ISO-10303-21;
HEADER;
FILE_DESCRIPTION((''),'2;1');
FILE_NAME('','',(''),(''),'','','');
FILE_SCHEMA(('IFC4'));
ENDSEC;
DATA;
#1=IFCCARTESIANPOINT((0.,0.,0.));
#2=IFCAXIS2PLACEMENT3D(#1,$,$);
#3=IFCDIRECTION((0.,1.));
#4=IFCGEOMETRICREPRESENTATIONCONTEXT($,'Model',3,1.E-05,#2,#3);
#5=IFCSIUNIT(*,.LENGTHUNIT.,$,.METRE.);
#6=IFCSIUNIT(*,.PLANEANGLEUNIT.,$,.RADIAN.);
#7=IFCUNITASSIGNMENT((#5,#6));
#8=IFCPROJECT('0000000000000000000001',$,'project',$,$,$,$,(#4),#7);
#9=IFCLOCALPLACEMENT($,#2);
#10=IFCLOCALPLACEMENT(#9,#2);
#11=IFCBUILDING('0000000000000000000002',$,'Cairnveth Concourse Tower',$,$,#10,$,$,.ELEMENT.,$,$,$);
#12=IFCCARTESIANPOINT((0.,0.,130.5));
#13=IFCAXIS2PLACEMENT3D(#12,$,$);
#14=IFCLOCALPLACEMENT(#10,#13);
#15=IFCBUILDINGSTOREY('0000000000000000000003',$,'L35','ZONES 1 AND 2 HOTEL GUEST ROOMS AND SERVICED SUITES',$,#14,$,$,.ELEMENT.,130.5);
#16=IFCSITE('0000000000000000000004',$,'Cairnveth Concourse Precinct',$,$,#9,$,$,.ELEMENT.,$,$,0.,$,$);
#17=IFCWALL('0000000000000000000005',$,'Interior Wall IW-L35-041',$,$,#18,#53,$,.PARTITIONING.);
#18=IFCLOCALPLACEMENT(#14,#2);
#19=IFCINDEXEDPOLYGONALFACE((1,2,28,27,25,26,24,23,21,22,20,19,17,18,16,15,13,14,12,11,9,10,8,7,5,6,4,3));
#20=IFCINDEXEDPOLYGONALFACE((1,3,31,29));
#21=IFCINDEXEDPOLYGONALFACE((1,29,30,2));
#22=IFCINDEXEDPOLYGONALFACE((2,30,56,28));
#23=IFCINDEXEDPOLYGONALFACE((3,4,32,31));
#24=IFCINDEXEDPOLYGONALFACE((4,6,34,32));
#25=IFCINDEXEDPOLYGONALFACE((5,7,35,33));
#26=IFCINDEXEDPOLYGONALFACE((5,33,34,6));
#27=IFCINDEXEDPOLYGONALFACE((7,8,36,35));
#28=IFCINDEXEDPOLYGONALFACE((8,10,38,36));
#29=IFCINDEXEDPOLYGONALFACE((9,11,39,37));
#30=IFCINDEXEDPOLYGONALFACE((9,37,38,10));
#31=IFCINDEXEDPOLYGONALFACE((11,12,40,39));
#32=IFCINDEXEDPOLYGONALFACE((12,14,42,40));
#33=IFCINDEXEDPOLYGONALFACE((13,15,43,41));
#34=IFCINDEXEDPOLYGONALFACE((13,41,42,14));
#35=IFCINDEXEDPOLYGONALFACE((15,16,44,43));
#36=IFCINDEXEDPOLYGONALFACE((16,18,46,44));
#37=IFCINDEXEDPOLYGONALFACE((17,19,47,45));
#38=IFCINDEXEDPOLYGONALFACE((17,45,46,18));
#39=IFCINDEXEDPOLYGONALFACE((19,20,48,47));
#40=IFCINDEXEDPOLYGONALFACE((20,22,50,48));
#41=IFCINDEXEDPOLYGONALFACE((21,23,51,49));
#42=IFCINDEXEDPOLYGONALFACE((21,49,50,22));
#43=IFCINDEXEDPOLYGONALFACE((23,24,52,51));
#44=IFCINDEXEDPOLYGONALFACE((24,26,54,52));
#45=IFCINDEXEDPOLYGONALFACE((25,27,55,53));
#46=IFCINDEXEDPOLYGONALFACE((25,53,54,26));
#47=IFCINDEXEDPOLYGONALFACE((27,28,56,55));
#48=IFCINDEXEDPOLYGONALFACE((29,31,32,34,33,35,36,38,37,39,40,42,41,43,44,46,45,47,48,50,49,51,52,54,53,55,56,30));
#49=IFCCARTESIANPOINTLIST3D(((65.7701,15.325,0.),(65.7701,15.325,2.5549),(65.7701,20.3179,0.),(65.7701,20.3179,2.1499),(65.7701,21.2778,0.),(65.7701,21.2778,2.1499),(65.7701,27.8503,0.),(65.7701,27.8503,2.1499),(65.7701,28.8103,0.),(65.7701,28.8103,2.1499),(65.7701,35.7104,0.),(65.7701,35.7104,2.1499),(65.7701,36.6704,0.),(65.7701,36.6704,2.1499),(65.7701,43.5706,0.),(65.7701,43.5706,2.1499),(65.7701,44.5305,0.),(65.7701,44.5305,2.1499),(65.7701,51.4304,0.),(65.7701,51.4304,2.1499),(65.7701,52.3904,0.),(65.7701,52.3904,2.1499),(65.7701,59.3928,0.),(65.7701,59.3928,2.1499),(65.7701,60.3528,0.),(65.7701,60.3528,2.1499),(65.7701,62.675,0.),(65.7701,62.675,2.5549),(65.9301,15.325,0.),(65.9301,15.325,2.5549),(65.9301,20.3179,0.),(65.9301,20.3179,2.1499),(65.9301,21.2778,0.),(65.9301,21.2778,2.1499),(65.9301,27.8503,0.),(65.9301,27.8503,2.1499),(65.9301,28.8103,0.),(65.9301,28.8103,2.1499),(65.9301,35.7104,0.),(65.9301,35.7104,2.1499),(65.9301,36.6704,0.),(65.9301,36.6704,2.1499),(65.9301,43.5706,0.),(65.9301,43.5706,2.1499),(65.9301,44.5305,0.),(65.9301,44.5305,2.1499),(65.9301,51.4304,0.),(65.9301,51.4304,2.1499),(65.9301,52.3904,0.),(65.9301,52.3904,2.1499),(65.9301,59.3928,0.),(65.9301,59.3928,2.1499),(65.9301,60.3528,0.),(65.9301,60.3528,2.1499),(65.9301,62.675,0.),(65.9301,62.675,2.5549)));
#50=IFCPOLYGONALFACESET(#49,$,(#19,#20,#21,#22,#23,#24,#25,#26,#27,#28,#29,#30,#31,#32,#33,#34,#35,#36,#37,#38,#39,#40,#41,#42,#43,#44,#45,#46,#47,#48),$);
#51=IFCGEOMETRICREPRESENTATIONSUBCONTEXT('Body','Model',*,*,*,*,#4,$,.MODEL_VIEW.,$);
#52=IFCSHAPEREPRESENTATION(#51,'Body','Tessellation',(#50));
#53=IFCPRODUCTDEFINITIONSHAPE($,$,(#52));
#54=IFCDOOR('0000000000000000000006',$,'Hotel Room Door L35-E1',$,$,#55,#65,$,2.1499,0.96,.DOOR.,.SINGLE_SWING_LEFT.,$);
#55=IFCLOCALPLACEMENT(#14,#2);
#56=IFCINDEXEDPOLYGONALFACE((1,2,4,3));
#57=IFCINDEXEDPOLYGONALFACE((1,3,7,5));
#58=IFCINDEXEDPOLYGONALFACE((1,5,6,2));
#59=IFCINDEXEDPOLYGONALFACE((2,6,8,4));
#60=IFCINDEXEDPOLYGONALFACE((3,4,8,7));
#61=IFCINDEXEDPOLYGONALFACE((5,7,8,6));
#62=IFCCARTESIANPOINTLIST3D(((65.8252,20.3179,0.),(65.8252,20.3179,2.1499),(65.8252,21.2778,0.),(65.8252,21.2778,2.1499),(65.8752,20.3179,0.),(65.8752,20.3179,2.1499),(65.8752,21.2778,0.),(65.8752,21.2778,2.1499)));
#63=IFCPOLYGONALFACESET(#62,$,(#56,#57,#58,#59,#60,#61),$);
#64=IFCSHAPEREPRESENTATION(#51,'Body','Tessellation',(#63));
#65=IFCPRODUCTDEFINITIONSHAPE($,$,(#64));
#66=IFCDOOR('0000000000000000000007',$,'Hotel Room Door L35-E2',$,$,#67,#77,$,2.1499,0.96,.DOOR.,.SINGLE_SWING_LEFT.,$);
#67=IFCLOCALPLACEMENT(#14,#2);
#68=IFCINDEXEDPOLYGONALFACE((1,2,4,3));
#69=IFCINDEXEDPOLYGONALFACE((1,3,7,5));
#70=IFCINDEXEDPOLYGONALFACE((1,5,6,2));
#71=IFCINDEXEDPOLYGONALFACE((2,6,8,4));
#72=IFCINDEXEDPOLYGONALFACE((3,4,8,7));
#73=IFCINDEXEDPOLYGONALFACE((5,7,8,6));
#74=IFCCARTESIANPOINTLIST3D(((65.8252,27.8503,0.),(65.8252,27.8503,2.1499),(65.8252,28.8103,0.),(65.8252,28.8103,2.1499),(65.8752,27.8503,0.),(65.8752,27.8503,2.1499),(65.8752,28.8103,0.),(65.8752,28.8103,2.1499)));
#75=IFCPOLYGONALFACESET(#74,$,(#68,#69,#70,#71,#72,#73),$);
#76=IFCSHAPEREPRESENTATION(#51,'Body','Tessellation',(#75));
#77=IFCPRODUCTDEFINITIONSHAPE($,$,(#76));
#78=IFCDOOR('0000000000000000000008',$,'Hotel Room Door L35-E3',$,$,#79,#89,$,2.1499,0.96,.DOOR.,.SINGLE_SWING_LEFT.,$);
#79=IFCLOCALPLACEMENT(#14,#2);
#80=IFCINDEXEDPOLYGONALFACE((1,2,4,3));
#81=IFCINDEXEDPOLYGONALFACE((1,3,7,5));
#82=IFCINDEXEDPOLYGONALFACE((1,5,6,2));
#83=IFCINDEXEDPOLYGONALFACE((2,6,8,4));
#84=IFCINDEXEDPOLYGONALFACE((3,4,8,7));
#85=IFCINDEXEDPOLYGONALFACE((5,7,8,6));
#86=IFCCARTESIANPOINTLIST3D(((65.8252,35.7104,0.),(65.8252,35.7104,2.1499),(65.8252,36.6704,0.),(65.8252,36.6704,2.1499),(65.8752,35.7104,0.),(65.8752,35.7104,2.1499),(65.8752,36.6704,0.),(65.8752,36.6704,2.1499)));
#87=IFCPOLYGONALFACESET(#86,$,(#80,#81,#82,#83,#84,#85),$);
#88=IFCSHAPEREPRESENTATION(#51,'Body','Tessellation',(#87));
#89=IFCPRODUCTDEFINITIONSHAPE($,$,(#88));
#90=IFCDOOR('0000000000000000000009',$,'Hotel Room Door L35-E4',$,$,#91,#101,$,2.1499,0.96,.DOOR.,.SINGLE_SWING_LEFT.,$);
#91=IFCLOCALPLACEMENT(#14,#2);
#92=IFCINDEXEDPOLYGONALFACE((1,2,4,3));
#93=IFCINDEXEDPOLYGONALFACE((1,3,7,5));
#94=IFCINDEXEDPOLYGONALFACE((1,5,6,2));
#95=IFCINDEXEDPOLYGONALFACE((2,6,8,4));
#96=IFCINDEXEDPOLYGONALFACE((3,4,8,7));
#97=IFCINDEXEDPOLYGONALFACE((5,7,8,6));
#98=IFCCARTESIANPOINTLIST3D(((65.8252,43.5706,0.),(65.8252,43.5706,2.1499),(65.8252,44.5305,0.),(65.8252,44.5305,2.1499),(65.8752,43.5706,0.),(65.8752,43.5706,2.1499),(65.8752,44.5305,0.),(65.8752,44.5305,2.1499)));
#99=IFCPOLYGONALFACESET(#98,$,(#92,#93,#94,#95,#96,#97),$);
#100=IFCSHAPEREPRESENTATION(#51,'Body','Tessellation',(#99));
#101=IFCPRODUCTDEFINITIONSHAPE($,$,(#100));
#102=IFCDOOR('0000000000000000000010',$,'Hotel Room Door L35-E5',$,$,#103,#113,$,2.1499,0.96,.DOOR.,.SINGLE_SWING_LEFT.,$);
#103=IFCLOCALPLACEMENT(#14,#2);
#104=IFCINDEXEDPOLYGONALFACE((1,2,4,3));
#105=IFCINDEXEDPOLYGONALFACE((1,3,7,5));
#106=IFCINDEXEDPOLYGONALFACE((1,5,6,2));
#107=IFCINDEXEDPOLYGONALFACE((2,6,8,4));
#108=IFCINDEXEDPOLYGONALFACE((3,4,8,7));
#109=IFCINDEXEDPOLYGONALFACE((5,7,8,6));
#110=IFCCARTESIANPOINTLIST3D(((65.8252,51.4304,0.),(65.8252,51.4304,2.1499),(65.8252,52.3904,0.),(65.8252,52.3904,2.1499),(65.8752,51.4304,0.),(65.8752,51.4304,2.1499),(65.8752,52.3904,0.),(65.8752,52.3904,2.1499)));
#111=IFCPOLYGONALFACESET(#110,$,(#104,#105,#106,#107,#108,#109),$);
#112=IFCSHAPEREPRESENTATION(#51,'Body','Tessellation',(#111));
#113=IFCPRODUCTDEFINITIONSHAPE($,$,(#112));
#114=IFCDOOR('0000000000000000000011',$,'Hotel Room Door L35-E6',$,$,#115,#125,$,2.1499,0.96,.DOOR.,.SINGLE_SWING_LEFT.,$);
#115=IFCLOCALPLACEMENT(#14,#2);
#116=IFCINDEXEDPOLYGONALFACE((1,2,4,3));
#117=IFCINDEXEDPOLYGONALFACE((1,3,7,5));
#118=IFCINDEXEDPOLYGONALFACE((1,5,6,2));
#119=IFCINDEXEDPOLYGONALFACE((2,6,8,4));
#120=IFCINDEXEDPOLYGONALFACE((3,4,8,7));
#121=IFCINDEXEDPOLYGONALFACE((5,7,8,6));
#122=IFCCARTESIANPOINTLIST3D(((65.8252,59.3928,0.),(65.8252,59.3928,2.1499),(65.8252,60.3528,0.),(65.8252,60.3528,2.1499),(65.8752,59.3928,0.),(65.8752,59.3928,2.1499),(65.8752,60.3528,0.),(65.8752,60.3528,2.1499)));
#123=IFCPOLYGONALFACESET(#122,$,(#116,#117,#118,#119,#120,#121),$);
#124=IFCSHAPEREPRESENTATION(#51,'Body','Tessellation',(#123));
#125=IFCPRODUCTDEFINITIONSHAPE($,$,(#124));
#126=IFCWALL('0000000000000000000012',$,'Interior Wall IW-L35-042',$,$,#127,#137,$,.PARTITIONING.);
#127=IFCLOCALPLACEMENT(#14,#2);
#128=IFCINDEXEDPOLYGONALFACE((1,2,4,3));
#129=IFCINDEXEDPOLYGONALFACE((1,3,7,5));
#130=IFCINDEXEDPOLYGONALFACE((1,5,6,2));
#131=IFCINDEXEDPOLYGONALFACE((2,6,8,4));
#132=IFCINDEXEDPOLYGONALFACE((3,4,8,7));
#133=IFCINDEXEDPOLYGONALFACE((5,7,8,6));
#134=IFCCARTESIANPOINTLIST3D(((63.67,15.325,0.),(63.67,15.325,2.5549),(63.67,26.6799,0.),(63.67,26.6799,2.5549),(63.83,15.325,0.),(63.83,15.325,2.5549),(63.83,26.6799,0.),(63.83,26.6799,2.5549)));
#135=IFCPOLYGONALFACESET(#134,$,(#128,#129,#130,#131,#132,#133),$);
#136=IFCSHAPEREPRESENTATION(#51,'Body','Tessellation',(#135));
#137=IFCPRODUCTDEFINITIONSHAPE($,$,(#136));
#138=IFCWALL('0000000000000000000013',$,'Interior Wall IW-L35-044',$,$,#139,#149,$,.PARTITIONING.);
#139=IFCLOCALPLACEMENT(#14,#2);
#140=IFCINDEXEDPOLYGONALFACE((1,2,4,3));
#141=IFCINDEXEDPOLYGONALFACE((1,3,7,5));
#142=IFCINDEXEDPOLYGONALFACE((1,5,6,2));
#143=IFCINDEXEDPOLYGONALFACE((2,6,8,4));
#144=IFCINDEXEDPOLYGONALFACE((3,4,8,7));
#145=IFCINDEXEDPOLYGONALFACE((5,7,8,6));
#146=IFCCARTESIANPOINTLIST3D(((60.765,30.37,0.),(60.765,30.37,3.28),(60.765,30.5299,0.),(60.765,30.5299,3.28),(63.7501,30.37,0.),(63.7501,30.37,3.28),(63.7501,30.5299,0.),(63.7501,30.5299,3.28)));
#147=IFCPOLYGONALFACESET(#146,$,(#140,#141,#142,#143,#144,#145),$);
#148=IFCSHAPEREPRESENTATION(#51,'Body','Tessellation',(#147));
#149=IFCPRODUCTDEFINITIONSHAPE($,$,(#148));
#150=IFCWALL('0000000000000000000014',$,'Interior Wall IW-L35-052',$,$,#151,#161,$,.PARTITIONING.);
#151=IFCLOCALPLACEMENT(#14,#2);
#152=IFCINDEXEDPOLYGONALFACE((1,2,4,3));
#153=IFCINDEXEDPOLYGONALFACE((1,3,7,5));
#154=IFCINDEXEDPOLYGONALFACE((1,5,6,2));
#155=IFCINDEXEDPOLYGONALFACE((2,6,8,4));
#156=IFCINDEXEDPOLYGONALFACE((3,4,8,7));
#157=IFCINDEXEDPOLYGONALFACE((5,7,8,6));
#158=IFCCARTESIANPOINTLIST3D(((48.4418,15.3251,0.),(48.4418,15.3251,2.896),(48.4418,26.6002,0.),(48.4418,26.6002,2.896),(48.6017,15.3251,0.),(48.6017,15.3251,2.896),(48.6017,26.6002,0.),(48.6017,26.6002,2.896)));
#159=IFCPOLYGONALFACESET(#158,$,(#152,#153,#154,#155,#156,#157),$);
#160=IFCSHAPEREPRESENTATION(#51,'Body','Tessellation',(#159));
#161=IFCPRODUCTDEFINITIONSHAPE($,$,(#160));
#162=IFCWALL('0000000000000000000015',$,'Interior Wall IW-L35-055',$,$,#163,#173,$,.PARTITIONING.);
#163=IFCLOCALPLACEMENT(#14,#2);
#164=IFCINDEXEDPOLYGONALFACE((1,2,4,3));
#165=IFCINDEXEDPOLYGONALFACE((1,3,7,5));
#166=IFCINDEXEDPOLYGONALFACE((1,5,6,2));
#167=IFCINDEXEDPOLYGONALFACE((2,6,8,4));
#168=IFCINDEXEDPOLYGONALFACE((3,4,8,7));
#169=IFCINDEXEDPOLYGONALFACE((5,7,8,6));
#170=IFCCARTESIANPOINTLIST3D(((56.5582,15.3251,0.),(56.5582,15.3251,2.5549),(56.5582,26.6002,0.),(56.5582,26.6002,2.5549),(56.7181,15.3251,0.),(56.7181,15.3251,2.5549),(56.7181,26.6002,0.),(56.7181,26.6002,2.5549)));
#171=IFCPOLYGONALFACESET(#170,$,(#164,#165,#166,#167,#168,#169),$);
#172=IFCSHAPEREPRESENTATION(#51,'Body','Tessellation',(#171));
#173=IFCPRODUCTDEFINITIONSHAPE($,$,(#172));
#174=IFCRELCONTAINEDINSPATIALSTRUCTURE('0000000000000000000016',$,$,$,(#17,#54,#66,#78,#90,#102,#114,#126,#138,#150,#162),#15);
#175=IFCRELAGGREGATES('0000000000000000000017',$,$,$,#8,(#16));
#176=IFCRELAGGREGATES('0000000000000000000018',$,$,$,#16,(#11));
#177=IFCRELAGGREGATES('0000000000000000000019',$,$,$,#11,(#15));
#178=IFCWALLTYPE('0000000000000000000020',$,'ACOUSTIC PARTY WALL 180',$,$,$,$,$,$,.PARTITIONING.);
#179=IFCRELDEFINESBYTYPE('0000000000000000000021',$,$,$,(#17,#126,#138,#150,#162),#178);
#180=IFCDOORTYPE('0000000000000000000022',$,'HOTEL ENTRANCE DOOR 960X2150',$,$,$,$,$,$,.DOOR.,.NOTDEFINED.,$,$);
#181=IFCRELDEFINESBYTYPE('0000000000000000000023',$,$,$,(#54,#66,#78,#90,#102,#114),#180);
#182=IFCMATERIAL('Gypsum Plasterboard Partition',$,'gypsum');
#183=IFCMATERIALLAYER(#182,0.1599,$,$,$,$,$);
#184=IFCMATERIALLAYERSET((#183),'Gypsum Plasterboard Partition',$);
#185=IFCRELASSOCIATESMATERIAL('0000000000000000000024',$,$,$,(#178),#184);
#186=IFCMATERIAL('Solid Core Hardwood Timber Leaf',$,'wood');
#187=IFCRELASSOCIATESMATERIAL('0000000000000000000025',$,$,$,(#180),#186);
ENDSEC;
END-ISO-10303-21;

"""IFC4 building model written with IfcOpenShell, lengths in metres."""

from ifc_helpers import new_model, si_unit, direction, frame, frame_2d, origin, place, context, subcontext, project, spatial, rectangle, extrude, material, layer, layer_set, type_object, element, fill, save


model = new_model("IFC4")

# Units and contexts
model_context = context("Model", 3, precision=1e-05, world=origin(), true_north=direction((0.0, 1.0)))
body_context = subcontext(model_context, "Body", "Model", "MODEL_VIEW")
ifc_project = project(units=[si_unit("LENGTHUNIT", "METRE"), si_unit("PLANEANGLEUNIT", "RADIAN")], contexts=[model_context])

# Site, building, storey
site_placement = place(None, origin())
site = spatial("IfcSite", under=ifc_project, at=site_placement, Name="Cairnveth Concourse Precinct", CompositionType="ELEMENT", RefElevation=0.0)
building_placement = place(site_placement, origin())
building = spatial("IfcBuilding", under=site, at=building_placement, Name="Cairnveth Concourse Tower", CompositionType="ELEMENT")
storey_placement = place(building_placement, frame((0.0, 0.0, 130.5)))
storey = spatial("IfcBuildingStorey", under=building, at=storey_placement, Name="L35", Description="ZONES 1 AND 2 HOTEL GUEST ROOMS AND SERVICED SUITES", CompositionType="ELEMENT", Elevation=130.5)

# Wall, openings, doors
ifc_material_1 = material(Name="Gypsum Plasterboard Partition", Category="gypsum")
ifc_layer_1 = layer(ifc_material_1, 0.1599)
ifc_layer_set_1 = layer_set([ifc_layer_1], Name="Gypsum Plasterboard Partition")
wall_type_1 = type_object("IfcWallType", Name="ACOUSTIC PARTY WALL 180", PredefinedType="PARTITIONING", material=ifc_layer_set_1)
wall_1_placement = place(storey_placement, frame((65.8501, 15.325, 0.0), z_axis=(0.0, 0.0, 1.0), x_axis=(0.0, 1.0, 0.0)))
wall_1 = element("IfcWall", 1, at=wall_1_placement, inside=storey, type_object=wall_type_1, Name="Interior Wall IW-L35-041", PredefinedType="PARTITIONING", context=body_context, shape_type="SweptSolid", body=[
    extrude(rectangle(XDim=47.3501, YDim=0.1599, at=frame_2d((23.675, 0.0))), origin(), (0.0, 0.0, 1.0), 2.5549),
])
opening_1_placement = place(wall_1_placement, frame((4.9929, 0.0, 0.0)))
opening_1 = element("IfcOpeningElement", 2, at=opening_1_placement, cuts=wall_1, PredefinedType="OPENING", context=body_context, shape_type="SweptSolid", body=[
    extrude(rectangle(XDim=0.96, YDim=2.1499, at=frame_2d((0.48, 1.075))), frame((0.0, 0.0898, 0.0), z_axis=(0.0, -1.0, 0.0), x_axis=(1.0, 0.0, 0.0)), (0.0, 0.0, 1.0), 0.1799),
])
opening_2_placement = place(wall_1_placement, frame((12.5254, 0.0, 0.0)))
opening_2 = element("IfcOpeningElement", 3, at=opening_2_placement, cuts=wall_1, PredefinedType="OPENING", context=body_context, shape_type="SweptSolid", body=[
    extrude(rectangle(XDim=0.96, YDim=2.1499, at=frame_2d((0.48, 1.075))), frame((0.0, 0.0898, 0.0), z_axis=(0.0, -1.0, 0.0), x_axis=(1.0, 0.0, 0.0)), (0.0, 0.0, 1.0), 0.1799),
])
opening_3_placement = place(wall_1_placement, frame((20.3855, 0.0, 0.0)))
opening_3 = element("IfcOpeningElement", 4, at=opening_3_placement, cuts=wall_1, PredefinedType="OPENING", context=body_context, shape_type="SweptSolid", body=[
    extrude(rectangle(XDim=0.96, YDim=2.1499, at=frame_2d((0.48, 1.075))), frame((0.0, 0.0898, 0.0), z_axis=(0.0, -1.0, 0.0), x_axis=(1.0, 0.0, 0.0)), (0.0, 0.0, 1.0), 0.1799),
])
opening_4_placement = place(wall_1_placement, frame((28.2456, 0.0, 0.0)))
opening_4 = element("IfcOpeningElement", 5, at=opening_4_placement, cuts=wall_1, PredefinedType="OPENING", context=body_context, shape_type="SweptSolid", body=[
    extrude(rectangle(XDim=0.96, YDim=2.1499, at=frame_2d((0.48, 1.075))), frame((0.0, 0.0898, 0.0), z_axis=(0.0, -1.0, 0.0), x_axis=(1.0, 0.0, 0.0)), (0.0, 0.0, 1.0), 0.1799),
])
opening_5_placement = place(wall_1_placement, frame((36.1055, 0.0, 0.0)))
opening_5 = element("IfcOpeningElement", 6, at=opening_5_placement, cuts=wall_1, PredefinedType="OPENING", context=body_context, shape_type="SweptSolid", body=[
    extrude(rectangle(XDim=0.96, YDim=2.1499, at=frame_2d((0.48, 1.075))), frame((0.0, 0.0898, 0.0), z_axis=(0.0, -1.0, 0.0), x_axis=(1.0, 0.0, 0.0)), (0.0, 0.0, 1.0), 0.1799),
])
opening_6_placement = place(wall_1_placement, frame((44.0679, 0.0, 0.0)))
opening_6 = element("IfcOpeningElement", 7, at=opening_6_placement, cuts=wall_1, PredefinedType="OPENING", context=body_context, shape_type="SweptSolid", body=[
    extrude(rectangle(XDim=0.96, YDim=2.1499, at=frame_2d((0.48, 1.075))), frame((0.0, 0.0898, 0.0), z_axis=(0.0, -1.0, 0.0), x_axis=(1.0, 0.0, 0.0)), (0.0, 0.0, 1.0), 0.1799),
])
ifc_material_2 = material(Name="Solid Core Hardwood Timber Leaf", Category="wood")
door_type_1 = type_object("IfcDoorType", Name="HOTEL ENTRANCE DOOR 960X2150", OperationType="NOTDEFINED", PredefinedType="DOOR", material=ifc_material_2)
door_1_placement = place(opening_1_placement, origin())
door_1 = element("IfcDoor", 8, at=door_1_placement, inside=storey, type_object=door_type_1, Name="Hotel Room Door L35-E1", OperationType="SINGLE_SWING_LEFT", OverallHeight=2.1499, OverallWidth=0.96, PredefinedType="DOOR", context=body_context, shape_type="SweptSolid", body=[
    extrude(rectangle(XDim=0.96, YDim=2.1499, at=frame_2d((0.48, 1.075))), frame((0.0, 0.0249, 0.0), z_axis=(0.0, -1.0, 0.0), x_axis=(1.0, 0.0, 0.0)), (0.0, 0.0, 1.0), 0.05),
])
fill(opening_1, door_1)
door_2_placement = place(opening_2_placement, origin())
door_2 = element("IfcDoor", 9, at=door_2_placement, inside=storey, type_object=door_type_1, Name="Hotel Room Door L35-E2", OperationType="SINGLE_SWING_LEFT", OverallHeight=2.1499, OverallWidth=0.96, PredefinedType="DOOR", context=body_context, shape_type="SweptSolid", body=[
    extrude(rectangle(XDim=0.96, YDim=2.1499, at=frame_2d((0.48, 1.075))), frame((0.0, 0.0249, 0.0), z_axis=(0.0, -1.0, 0.0), x_axis=(1.0, 0.0, 0.0)), (0.0, 0.0, 1.0), 0.05),
])
fill(opening_2, door_2)
door_3_placement = place(opening_3_placement, origin())
door_3 = element("IfcDoor", 10, at=door_3_placement, inside=storey, type_object=door_type_1, Name="Hotel Room Door L35-E3", OperationType="SINGLE_SWING_LEFT", OverallHeight=2.1499, OverallWidth=0.96, PredefinedType="DOOR", context=body_context, shape_type="SweptSolid", body=[
    extrude(rectangle(XDim=0.96, YDim=2.1499, at=frame_2d((0.48, 1.075))), frame((0.0, 0.0249, 0.0), z_axis=(0.0, -1.0, 0.0), x_axis=(1.0, 0.0, 0.0)), (0.0, 0.0, 1.0), 0.05),
])
fill(opening_3, door_3)
door_4_placement = place(opening_4_placement, origin())
door_4 = element("IfcDoor", 11, at=door_4_placement, inside=storey, type_object=door_type_1, Name="Hotel Room Door L35-E4", OperationType="SINGLE_SWING_LEFT", OverallHeight=2.1499, OverallWidth=0.96, PredefinedType="DOOR", context=body_context, shape_type="SweptSolid", body=[
    extrude(rectangle(XDim=0.96, YDim=2.1499, at=frame_2d((0.48, 1.075))), frame((0.0, 0.0249, 0.0), z_axis=(0.0, -1.0, 0.0), x_axis=(1.0, 0.0, 0.0)), (0.0, 0.0, 1.0), 0.05),
])
fill(opening_4, door_4)
door_5_placement = place(opening_5_placement, origin())
door_5 = element("IfcDoor", 12, at=door_5_placement, inside=storey, type_object=door_type_1, Name="Hotel Room Door L35-E5", OperationType="SINGLE_SWING_LEFT", OverallHeight=2.1499, OverallWidth=0.96, PredefinedType="DOOR", context=body_context, shape_type="SweptSolid", body=[
    extrude(rectangle(XDim=0.96, YDim=2.1499, at=frame_2d((0.48, 1.075))), frame((0.0, 0.0249, 0.0), z_axis=(0.0, -1.0, 0.0), x_axis=(1.0, 0.0, 0.0)), (0.0, 0.0, 1.0), 0.05),
])
fill(opening_5, door_5)
door_6_placement = place(opening_6_placement, origin())
door_6 = element("IfcDoor", 13, at=door_6_placement, inside=storey, type_object=door_type_1, Name="Hotel Room Door L35-E6", OperationType="SINGLE_SWING_LEFT", OverallHeight=2.1499, OverallWidth=0.96, PredefinedType="DOOR", context=body_context, shape_type="SweptSolid", body=[
    extrude(rectangle(XDim=0.96, YDim=2.1499, at=frame_2d((0.48, 1.075))), frame((0.0, 0.0249, 0.0), z_axis=(0.0, -1.0, 0.0), x_axis=(1.0, 0.0, 0.0)), (0.0, 0.0, 1.0), 0.05),
])
fill(opening_6, door_6)

# Walls
wall_2_placement = place(storey_placement, frame((63.75, 15.325, 0.0), z_axis=(0.0, 0.0, 1.0), x_axis=(0.0, 1.0, 0.0)))
element("IfcWall", 14, at=wall_2_placement, inside=storey, type_object=wall_type_1, Name="Interior Wall IW-L35-042", PredefinedType="PARTITIONING", context=body_context, shape_type="SweptSolid", body=[
    extrude(rectangle(XDim=11.355, YDim=0.1599, at=frame_2d((5.6775, 0.0))), origin(), (0.0, 0.0, 1.0), 2.5549),
])
wall_3_placement = place(storey_placement, frame((60.7649, 30.45, 0.0), z_axis=(0.0, 0.0, 1.0), x_axis=(1.0, 0.0, 0.0)))
element("IfcWall", 15, at=wall_3_placement, inside=storey, type_object=wall_type_1, Name="Interior Wall IW-L35-044", PredefinedType="PARTITIONING", context=body_context, shape_type="SweptSolid", body=[
    extrude(rectangle(XDim=2.9851, YDim=0.1599, at=frame_2d((1.4927, 0.0))), origin(), (0.0, 0.0, 1.0), 3.28),
])
wall_4_placement = place(storey_placement, frame((48.5217, 15.325, 0.0), z_axis=(0.0, 0.0, 1.0), x_axis=(0.0, 1.0, 0.0)))
element("IfcWall", 16, at=wall_4_placement, inside=storey, type_object=wall_type_1, Name="Interior Wall IW-L35-052", PredefinedType="PARTITIONING", context=body_context, shape_type="SweptSolid", body=[
    extrude(rectangle(XDim=11.2751, YDim=0.1599, at=frame_2d((5.6377, 0.0))), origin(), (0.0, 0.0, 1.0), 2.896),
])
wall_5_placement = place(storey_placement, frame((56.6382, 15.325, 0.0), z_axis=(0.0, 0.0, 1.0), x_axis=(0.0, 1.0, 0.0)))
element("IfcWall", 17, at=wall_5_placement, inside=storey, type_object=wall_type_1, Name="Interior Wall IW-L35-055", PredefinedType="PARTITIONING", context=body_context, shape_type="SweptSolid", body=[
    extrude(rectangle(XDim=11.2751, YDim=0.1599, at=frame_2d((5.6377, 0.0))), origin(), (0.0, 0.0, 1.0), 2.5549),
])

save(model, "model.ifc")
